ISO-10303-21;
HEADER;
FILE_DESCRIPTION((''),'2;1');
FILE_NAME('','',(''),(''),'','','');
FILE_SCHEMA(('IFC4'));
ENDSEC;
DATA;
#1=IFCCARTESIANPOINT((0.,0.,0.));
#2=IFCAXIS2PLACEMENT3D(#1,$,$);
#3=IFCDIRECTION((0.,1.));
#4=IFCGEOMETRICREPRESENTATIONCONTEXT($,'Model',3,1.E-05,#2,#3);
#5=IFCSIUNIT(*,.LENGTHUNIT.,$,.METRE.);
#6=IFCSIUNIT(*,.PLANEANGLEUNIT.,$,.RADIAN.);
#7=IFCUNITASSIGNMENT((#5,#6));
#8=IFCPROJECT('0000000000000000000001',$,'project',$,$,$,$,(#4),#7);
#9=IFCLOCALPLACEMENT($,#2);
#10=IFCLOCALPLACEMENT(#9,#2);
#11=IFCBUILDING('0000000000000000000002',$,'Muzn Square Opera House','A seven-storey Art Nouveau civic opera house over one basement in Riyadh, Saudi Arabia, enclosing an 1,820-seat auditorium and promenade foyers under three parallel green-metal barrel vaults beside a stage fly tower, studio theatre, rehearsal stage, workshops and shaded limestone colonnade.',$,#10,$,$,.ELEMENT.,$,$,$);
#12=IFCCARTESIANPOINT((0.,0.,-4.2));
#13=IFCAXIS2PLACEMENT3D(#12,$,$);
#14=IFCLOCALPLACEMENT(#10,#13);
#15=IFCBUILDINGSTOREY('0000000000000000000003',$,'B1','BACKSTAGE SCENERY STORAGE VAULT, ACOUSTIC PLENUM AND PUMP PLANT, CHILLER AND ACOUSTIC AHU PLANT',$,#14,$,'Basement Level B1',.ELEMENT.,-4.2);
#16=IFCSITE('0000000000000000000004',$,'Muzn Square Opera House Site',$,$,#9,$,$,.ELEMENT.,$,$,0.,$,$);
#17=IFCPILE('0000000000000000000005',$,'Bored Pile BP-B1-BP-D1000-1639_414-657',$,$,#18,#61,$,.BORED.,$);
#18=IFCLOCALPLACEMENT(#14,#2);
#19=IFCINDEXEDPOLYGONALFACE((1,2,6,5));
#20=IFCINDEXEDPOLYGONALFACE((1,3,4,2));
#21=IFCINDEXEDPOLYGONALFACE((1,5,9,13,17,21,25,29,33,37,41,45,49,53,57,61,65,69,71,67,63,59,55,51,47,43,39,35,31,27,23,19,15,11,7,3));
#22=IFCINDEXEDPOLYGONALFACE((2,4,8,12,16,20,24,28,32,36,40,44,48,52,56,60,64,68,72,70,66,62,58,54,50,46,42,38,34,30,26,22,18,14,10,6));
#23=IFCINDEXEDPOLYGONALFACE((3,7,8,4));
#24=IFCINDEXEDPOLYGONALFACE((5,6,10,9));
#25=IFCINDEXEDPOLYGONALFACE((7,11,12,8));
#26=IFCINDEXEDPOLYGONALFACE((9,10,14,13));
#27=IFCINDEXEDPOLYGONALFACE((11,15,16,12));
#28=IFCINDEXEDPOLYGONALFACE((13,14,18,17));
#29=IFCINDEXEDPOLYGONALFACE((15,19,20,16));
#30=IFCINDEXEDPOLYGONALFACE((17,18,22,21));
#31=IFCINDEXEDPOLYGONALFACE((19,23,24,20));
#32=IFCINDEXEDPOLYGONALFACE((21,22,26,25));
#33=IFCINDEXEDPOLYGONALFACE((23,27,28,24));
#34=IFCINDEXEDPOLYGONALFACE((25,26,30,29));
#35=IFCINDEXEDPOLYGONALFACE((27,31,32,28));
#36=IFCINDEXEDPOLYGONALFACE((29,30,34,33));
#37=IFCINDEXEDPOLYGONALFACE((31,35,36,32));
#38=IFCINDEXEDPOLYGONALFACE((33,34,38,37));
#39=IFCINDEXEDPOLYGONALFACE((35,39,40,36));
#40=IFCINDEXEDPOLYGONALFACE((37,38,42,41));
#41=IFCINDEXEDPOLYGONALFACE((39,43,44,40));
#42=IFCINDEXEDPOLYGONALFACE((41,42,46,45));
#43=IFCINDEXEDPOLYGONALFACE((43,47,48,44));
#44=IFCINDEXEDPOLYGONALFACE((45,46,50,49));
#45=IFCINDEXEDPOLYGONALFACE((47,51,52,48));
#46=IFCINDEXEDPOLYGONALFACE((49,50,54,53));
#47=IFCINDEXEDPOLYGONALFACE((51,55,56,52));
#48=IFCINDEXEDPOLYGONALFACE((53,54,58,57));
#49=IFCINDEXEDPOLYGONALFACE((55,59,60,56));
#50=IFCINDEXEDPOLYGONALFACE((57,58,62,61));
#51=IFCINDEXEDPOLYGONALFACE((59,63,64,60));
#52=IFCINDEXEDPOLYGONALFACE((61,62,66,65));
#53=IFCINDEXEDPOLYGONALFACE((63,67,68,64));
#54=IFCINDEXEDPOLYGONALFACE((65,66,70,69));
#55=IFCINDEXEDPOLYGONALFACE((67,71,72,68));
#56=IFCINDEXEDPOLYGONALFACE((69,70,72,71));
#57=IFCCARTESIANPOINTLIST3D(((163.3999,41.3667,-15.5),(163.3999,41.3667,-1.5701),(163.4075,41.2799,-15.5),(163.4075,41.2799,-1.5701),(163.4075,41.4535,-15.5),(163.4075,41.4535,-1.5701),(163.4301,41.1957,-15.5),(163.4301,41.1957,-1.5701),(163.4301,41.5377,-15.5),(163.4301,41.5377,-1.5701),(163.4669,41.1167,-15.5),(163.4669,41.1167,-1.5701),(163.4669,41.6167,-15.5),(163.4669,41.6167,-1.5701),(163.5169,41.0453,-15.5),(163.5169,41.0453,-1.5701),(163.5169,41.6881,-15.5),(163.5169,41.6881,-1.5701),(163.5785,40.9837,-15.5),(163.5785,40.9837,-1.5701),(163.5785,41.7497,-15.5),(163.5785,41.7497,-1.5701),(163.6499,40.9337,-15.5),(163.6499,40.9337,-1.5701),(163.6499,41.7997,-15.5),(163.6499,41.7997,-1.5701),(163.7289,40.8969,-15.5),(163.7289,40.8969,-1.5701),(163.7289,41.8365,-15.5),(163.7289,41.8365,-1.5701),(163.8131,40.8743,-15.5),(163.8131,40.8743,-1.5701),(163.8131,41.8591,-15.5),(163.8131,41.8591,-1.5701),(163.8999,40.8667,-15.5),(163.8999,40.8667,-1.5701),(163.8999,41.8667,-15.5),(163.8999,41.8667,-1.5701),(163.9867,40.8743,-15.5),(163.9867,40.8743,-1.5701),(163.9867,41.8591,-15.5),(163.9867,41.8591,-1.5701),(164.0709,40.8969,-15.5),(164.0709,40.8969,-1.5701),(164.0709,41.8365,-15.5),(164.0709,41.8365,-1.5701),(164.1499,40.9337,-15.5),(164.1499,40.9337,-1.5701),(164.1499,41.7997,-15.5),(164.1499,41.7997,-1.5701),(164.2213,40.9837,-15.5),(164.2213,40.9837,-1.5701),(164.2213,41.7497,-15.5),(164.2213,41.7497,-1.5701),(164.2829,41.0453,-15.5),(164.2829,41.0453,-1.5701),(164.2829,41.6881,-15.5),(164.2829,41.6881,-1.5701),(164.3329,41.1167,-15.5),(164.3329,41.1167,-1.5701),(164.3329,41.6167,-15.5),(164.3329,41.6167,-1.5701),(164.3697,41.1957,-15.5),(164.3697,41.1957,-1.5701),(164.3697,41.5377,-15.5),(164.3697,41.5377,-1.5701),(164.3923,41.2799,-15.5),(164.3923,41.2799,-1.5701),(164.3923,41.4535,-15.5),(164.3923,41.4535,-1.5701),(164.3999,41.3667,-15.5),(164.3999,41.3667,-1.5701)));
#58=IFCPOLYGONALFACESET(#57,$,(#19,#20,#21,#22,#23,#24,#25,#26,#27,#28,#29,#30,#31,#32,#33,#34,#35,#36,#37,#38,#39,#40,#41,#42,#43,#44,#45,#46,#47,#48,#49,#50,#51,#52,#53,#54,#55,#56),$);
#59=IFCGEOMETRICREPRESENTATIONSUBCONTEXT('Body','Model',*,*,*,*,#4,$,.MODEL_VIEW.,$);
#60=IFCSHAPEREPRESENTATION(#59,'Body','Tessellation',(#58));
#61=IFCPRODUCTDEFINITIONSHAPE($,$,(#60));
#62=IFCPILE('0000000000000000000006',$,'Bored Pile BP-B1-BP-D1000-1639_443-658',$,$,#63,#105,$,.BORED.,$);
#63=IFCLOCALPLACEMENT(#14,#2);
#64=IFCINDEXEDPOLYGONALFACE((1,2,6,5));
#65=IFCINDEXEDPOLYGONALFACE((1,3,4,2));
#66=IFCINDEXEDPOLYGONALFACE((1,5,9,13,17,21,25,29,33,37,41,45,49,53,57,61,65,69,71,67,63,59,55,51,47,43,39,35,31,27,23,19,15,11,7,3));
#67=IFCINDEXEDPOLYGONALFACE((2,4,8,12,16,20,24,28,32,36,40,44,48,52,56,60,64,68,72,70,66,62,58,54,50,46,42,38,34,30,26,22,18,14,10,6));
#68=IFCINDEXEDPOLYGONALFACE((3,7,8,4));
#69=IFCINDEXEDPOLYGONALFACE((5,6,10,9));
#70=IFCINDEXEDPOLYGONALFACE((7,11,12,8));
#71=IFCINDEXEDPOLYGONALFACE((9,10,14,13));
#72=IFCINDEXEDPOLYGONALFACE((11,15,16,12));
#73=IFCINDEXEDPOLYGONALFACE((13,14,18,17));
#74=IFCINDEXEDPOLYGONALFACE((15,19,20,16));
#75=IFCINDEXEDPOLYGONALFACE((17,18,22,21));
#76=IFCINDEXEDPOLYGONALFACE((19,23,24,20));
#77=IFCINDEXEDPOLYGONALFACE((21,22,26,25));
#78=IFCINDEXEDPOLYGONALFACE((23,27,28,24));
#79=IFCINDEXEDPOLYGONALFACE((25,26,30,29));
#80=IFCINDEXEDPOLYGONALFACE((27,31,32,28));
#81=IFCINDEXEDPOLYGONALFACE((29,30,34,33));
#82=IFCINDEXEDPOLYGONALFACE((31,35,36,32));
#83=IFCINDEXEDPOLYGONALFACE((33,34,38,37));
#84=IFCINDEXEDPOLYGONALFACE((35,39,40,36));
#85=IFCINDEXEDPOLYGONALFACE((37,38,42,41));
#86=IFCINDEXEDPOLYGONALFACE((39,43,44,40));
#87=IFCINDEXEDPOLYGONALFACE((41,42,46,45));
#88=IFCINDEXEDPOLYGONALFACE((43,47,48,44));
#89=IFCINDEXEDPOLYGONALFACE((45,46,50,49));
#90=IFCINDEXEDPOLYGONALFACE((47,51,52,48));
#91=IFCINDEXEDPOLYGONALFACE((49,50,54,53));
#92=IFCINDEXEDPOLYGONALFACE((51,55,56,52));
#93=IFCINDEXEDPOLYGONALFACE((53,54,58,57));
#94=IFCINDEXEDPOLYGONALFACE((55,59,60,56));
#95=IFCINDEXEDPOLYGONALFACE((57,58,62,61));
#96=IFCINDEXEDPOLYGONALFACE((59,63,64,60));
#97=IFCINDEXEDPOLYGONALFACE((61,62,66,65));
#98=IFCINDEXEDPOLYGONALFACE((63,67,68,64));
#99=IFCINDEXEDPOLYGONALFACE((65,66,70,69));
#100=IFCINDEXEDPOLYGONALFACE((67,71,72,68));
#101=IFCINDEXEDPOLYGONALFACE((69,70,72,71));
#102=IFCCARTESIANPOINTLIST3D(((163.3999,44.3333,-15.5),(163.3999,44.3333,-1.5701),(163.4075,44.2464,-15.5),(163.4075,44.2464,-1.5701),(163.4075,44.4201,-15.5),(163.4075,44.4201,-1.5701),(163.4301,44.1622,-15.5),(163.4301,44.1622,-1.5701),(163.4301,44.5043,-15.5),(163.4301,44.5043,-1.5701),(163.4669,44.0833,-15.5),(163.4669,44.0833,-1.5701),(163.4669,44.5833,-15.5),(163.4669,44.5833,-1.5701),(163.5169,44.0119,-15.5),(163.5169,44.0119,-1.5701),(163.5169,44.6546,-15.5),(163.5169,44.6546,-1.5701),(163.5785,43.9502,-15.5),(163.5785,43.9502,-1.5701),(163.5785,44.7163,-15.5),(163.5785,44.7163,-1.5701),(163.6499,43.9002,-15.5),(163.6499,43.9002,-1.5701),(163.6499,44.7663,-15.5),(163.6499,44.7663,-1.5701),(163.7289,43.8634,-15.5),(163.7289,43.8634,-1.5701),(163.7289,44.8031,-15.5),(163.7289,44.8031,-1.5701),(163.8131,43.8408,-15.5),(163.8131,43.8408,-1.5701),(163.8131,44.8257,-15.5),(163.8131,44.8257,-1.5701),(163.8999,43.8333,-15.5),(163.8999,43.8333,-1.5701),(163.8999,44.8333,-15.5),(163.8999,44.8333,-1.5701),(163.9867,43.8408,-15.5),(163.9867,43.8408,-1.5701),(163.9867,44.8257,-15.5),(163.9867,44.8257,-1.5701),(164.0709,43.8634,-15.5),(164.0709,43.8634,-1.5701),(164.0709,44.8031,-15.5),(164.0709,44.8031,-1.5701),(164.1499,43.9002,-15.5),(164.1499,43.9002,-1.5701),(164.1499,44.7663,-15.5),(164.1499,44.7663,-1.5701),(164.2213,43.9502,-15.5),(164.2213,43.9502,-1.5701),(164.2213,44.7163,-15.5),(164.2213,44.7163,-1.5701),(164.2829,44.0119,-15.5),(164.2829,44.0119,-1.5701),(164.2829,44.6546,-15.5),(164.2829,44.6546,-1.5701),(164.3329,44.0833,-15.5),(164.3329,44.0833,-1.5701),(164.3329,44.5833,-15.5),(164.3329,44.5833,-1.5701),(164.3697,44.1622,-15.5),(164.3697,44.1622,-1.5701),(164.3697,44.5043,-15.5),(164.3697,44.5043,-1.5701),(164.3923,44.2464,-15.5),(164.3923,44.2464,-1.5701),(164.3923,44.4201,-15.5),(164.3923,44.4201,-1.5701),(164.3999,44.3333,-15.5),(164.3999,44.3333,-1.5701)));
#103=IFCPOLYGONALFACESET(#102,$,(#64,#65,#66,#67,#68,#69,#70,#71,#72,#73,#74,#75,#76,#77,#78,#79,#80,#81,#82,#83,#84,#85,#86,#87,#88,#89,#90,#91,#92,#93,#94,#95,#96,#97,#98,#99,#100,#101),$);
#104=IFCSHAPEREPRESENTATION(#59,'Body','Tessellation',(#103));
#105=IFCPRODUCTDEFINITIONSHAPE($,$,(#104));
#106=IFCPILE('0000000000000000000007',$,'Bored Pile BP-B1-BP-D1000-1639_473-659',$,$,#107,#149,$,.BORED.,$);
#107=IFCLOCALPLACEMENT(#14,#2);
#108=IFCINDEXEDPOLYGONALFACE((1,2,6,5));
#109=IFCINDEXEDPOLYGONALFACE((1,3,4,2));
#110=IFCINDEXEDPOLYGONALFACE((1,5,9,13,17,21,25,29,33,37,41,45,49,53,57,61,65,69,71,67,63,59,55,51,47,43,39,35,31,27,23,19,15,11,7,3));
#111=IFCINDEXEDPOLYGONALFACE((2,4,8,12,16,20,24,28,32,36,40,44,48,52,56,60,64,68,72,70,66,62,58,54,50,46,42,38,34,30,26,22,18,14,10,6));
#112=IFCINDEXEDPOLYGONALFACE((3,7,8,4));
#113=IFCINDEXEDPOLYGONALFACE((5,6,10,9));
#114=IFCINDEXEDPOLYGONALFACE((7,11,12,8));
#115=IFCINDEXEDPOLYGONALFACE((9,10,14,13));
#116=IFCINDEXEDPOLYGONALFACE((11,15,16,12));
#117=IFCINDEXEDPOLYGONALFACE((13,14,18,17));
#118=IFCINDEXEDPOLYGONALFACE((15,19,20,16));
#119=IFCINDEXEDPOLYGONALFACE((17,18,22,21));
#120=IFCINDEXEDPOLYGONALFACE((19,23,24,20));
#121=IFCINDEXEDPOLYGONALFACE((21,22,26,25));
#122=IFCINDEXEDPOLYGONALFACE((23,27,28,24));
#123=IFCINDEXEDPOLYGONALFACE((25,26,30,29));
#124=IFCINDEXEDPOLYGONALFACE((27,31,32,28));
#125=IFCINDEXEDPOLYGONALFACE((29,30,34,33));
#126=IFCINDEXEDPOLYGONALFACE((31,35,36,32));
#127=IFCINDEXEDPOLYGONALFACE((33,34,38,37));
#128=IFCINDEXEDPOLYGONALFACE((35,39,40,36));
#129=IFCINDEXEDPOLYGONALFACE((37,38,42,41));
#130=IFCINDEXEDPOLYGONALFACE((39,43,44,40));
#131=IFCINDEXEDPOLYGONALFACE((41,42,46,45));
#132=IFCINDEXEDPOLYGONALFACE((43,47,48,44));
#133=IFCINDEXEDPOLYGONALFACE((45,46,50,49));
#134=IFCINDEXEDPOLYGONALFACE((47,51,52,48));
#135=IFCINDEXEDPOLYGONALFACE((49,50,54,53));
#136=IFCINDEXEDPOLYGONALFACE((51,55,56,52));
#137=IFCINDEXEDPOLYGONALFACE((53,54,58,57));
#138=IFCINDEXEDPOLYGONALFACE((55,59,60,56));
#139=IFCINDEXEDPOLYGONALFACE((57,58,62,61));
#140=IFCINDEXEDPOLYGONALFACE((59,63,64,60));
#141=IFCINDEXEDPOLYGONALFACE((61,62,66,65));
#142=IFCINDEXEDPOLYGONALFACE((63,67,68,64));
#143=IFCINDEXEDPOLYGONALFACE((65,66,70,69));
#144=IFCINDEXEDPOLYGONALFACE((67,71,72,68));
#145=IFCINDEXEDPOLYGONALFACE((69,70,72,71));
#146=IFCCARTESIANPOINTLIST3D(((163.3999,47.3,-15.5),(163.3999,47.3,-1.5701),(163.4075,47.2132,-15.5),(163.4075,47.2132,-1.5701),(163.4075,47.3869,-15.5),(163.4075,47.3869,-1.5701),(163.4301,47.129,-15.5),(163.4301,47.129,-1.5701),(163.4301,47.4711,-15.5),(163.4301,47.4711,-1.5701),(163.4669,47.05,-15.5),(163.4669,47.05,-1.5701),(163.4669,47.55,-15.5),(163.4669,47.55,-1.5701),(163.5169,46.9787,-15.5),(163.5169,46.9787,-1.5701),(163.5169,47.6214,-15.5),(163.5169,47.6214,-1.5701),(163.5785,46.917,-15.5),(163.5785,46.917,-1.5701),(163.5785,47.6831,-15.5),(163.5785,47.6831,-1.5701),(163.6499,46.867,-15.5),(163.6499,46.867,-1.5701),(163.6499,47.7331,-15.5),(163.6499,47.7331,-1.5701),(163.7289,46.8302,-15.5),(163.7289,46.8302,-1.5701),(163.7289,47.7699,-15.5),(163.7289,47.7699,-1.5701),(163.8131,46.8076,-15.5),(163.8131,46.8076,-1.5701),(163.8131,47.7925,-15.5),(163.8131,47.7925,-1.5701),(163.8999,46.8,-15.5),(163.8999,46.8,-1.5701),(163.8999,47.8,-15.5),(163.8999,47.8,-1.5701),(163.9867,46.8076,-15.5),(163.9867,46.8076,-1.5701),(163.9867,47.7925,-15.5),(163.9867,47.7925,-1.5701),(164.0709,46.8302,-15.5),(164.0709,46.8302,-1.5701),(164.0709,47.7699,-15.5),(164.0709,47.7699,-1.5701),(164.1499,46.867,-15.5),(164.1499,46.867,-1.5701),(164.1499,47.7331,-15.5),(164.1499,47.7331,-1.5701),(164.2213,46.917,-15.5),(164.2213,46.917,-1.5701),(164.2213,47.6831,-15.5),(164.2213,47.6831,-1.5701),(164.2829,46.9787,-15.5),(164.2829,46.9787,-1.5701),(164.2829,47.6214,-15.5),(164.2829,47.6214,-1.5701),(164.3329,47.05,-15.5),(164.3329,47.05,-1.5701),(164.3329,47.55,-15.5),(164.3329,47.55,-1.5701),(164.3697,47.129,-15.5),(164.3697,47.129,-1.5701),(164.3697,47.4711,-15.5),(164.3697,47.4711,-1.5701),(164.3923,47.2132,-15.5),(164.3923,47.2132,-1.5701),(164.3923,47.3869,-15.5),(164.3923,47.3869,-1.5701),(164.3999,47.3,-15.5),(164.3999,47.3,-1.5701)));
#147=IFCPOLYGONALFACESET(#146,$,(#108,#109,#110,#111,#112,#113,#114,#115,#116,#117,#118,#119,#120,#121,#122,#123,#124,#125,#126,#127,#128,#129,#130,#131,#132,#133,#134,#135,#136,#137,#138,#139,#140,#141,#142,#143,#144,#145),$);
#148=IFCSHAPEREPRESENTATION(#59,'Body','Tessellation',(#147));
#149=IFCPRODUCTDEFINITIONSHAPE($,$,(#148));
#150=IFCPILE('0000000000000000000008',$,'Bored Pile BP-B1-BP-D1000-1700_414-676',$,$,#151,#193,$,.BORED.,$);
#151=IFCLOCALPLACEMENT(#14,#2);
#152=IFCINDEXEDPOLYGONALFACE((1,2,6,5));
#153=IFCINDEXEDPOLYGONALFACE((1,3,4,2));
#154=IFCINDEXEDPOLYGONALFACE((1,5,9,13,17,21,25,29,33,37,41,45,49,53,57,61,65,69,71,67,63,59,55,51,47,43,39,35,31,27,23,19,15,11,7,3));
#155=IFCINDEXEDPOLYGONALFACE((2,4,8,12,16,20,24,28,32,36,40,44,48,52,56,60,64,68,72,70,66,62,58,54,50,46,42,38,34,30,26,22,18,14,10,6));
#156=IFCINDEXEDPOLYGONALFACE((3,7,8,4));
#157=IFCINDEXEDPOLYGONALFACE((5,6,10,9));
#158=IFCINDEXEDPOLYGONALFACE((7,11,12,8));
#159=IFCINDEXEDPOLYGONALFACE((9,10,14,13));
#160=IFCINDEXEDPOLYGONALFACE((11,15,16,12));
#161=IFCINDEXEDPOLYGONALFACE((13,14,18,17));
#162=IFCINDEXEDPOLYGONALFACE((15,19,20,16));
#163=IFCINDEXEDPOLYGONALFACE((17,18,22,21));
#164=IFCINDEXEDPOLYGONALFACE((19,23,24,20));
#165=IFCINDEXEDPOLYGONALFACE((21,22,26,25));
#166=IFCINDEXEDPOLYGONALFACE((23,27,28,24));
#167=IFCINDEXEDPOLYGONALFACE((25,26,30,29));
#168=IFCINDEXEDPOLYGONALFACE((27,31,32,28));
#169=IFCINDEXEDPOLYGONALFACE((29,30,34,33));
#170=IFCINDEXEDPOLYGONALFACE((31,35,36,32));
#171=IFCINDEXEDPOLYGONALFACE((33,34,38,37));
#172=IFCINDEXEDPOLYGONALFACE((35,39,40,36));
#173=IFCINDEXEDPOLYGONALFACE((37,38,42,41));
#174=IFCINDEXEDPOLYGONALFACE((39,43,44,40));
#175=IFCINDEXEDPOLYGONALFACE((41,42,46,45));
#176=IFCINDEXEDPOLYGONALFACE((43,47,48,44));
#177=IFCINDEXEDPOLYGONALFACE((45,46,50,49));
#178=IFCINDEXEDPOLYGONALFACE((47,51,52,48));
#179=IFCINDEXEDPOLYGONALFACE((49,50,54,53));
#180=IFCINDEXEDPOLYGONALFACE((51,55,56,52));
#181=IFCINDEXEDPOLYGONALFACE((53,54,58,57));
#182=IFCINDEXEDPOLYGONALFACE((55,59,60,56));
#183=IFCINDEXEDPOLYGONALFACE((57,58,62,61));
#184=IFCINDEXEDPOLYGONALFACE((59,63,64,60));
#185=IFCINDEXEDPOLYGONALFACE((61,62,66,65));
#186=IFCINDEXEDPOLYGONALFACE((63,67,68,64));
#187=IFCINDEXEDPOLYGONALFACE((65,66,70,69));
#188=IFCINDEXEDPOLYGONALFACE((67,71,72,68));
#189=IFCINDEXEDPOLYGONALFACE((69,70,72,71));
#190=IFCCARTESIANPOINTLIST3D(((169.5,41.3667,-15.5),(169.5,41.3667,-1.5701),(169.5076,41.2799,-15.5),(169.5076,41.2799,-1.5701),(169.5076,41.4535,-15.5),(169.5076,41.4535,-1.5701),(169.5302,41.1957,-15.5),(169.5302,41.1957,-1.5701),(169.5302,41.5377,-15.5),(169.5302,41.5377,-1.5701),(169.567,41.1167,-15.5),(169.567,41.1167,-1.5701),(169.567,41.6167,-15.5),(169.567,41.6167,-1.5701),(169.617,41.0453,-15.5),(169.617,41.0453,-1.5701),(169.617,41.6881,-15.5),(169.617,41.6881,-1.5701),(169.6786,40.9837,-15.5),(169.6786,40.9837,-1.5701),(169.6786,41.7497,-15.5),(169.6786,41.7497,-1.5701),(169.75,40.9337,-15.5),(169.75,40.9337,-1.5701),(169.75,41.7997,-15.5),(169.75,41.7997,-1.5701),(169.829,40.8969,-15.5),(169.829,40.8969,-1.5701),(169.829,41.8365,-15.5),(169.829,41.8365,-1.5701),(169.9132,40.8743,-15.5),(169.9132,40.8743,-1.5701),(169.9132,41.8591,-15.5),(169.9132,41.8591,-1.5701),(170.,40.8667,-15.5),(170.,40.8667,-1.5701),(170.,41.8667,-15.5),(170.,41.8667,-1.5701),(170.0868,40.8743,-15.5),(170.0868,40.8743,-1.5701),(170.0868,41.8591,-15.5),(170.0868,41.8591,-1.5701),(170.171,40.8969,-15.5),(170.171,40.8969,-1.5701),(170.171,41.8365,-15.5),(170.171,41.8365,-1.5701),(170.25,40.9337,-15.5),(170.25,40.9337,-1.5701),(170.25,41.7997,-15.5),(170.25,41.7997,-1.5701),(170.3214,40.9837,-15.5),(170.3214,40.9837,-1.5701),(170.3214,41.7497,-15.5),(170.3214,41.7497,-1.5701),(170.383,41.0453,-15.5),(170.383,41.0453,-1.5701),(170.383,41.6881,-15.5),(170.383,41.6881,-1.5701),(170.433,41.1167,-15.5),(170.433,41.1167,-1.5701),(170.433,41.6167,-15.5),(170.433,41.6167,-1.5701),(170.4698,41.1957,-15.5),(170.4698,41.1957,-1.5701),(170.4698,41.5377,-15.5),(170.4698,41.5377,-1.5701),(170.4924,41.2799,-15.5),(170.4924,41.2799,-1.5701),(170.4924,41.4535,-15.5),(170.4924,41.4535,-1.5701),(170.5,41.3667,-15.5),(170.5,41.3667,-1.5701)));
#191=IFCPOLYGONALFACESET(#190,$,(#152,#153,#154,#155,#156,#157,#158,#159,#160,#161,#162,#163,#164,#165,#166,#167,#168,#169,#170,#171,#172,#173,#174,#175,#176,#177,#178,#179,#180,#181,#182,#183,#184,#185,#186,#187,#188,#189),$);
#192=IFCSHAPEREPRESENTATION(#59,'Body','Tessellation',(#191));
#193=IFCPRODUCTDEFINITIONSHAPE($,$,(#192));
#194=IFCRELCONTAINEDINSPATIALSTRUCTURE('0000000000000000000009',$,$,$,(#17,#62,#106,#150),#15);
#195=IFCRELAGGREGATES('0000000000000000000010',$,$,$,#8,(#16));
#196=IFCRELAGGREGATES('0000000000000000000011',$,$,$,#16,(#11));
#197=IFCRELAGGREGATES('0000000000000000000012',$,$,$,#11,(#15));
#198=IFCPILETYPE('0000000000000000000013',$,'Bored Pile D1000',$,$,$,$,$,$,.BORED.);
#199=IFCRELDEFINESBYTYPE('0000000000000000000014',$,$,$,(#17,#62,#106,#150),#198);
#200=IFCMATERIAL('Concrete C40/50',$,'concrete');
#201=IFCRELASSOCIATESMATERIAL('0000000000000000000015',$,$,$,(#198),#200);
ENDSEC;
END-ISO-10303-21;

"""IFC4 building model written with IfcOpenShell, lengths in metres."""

from ifc_helpers import new_model, si_unit, direction, frame, origin, origin_2d, place, context, subcontext, project, spatial, circle, extrude, material, material_profile, profile_set, type_object, element, save


model = new_model("IFC4")

# Units and contexts
model_context = context("Model", 3, precision=1e-05, world=origin(), true_north=direction((0.0, 1.0)))
body_context = subcontext(model_context, "Body", "Model", "MODEL_VIEW")
ifc_project = project(units=[si_unit("LENGTHUNIT", "METRE"), si_unit("PLANEANGLEUNIT", "RADIAN")], contexts=[model_context])

# Site, building, storey
site_placement = place(None, origin())
site = spatial("IfcSite", under=ifc_project, at=site_placement, Name="Muzn Square Opera House Site", CompositionType="ELEMENT", RefElevation=0.0)
building_placement = place(site_placement, origin())
building = spatial("IfcBuilding", under=site, at=building_placement, Name="Muzn Square Opera House", Description="A seven-storey Art Nouveau civic opera house over one basement in Riyadh, Saudi Arabia, enclosing an 1,820-seat auditorium and promenade foyers under three parallel green-metal barrel vaults beside a stage fly tower, studio theatre, rehearsal stage, workshops and shaded limestone colonnade.", CompositionType="ELEMENT")
storey_placement = place(building_placement, frame((0.0, 0.0, -4.2)))
storey = spatial("IfcBuildingStorey", under=building, at=storey_placement, Name="B1", Description="BACKSTAGE SCENERY STORAGE VAULT, ACOUSTIC PLENUM AND PUMP PLANT, CHILLER AND ACOUSTIC AHU PLANT", LongName="Basement Level B1", CompositionType="ELEMENT", Elevation=-4.2)

# Piles
ifc_material_1 = material(Name="Concrete C40/50", Category="concrete")
ifc_material_profile_1 = material_profile(ifc_material_1, circle(Radius=0.5, at=origin_2d()), Name="BORED PILE D1000", Category="concrete")
ifc_profile_set_1 = profile_set([ifc_material_profile_1], Name="Concrete C40/50")
pile_type = type_object("IfcPileType", Name="Bored Pile D1000", PredefinedType="BORED", material=ifc_profile_set_1)
for number, where, z_axis, x_axis, name in (
    (1, (163.8999, 41.3667, -1.5701), (0.0, 0.0, -1.0), (1.0, 0.0, 0.0), "Bored Pile BP-B1-BP-D1000-1639_414-657"),
    (2, (163.8999, 44.3333, -1.5701), (0.0, 0.0, -1.0), (1.0, 0.0, 0.0), "Bored Pile BP-B1-BP-D1000-1639_443-658"),
    (3, (163.8999, 47.3, -1.5701), (0.0, 0.0, -1.0), (1.0, 0.0, 0.0), "Bored Pile BP-B1-BP-D1000-1639_473-659"),
    (4, (170.0, 41.3667, -1.5701), (0.0, 0.0, -1.0), (1.0, 0.0, 0.0), "Bored Pile BP-B1-BP-D1000-1700_414-676"),
):
    element("IfcPile", number, at=place(storey_placement, frame(where, z_axis=z_axis, x_axis=x_axis)), inside=storey, type_object=pile_type, Name=name, PredefinedType="BORED", context=body_context, shape_type="SweptSolid", body=[
        extrude(circle(Radius=0.5, at=origin_2d()), origin(), (0.0, 0.0, 1.0), 13.9299),
    ])

save(model, "model.ifc")
